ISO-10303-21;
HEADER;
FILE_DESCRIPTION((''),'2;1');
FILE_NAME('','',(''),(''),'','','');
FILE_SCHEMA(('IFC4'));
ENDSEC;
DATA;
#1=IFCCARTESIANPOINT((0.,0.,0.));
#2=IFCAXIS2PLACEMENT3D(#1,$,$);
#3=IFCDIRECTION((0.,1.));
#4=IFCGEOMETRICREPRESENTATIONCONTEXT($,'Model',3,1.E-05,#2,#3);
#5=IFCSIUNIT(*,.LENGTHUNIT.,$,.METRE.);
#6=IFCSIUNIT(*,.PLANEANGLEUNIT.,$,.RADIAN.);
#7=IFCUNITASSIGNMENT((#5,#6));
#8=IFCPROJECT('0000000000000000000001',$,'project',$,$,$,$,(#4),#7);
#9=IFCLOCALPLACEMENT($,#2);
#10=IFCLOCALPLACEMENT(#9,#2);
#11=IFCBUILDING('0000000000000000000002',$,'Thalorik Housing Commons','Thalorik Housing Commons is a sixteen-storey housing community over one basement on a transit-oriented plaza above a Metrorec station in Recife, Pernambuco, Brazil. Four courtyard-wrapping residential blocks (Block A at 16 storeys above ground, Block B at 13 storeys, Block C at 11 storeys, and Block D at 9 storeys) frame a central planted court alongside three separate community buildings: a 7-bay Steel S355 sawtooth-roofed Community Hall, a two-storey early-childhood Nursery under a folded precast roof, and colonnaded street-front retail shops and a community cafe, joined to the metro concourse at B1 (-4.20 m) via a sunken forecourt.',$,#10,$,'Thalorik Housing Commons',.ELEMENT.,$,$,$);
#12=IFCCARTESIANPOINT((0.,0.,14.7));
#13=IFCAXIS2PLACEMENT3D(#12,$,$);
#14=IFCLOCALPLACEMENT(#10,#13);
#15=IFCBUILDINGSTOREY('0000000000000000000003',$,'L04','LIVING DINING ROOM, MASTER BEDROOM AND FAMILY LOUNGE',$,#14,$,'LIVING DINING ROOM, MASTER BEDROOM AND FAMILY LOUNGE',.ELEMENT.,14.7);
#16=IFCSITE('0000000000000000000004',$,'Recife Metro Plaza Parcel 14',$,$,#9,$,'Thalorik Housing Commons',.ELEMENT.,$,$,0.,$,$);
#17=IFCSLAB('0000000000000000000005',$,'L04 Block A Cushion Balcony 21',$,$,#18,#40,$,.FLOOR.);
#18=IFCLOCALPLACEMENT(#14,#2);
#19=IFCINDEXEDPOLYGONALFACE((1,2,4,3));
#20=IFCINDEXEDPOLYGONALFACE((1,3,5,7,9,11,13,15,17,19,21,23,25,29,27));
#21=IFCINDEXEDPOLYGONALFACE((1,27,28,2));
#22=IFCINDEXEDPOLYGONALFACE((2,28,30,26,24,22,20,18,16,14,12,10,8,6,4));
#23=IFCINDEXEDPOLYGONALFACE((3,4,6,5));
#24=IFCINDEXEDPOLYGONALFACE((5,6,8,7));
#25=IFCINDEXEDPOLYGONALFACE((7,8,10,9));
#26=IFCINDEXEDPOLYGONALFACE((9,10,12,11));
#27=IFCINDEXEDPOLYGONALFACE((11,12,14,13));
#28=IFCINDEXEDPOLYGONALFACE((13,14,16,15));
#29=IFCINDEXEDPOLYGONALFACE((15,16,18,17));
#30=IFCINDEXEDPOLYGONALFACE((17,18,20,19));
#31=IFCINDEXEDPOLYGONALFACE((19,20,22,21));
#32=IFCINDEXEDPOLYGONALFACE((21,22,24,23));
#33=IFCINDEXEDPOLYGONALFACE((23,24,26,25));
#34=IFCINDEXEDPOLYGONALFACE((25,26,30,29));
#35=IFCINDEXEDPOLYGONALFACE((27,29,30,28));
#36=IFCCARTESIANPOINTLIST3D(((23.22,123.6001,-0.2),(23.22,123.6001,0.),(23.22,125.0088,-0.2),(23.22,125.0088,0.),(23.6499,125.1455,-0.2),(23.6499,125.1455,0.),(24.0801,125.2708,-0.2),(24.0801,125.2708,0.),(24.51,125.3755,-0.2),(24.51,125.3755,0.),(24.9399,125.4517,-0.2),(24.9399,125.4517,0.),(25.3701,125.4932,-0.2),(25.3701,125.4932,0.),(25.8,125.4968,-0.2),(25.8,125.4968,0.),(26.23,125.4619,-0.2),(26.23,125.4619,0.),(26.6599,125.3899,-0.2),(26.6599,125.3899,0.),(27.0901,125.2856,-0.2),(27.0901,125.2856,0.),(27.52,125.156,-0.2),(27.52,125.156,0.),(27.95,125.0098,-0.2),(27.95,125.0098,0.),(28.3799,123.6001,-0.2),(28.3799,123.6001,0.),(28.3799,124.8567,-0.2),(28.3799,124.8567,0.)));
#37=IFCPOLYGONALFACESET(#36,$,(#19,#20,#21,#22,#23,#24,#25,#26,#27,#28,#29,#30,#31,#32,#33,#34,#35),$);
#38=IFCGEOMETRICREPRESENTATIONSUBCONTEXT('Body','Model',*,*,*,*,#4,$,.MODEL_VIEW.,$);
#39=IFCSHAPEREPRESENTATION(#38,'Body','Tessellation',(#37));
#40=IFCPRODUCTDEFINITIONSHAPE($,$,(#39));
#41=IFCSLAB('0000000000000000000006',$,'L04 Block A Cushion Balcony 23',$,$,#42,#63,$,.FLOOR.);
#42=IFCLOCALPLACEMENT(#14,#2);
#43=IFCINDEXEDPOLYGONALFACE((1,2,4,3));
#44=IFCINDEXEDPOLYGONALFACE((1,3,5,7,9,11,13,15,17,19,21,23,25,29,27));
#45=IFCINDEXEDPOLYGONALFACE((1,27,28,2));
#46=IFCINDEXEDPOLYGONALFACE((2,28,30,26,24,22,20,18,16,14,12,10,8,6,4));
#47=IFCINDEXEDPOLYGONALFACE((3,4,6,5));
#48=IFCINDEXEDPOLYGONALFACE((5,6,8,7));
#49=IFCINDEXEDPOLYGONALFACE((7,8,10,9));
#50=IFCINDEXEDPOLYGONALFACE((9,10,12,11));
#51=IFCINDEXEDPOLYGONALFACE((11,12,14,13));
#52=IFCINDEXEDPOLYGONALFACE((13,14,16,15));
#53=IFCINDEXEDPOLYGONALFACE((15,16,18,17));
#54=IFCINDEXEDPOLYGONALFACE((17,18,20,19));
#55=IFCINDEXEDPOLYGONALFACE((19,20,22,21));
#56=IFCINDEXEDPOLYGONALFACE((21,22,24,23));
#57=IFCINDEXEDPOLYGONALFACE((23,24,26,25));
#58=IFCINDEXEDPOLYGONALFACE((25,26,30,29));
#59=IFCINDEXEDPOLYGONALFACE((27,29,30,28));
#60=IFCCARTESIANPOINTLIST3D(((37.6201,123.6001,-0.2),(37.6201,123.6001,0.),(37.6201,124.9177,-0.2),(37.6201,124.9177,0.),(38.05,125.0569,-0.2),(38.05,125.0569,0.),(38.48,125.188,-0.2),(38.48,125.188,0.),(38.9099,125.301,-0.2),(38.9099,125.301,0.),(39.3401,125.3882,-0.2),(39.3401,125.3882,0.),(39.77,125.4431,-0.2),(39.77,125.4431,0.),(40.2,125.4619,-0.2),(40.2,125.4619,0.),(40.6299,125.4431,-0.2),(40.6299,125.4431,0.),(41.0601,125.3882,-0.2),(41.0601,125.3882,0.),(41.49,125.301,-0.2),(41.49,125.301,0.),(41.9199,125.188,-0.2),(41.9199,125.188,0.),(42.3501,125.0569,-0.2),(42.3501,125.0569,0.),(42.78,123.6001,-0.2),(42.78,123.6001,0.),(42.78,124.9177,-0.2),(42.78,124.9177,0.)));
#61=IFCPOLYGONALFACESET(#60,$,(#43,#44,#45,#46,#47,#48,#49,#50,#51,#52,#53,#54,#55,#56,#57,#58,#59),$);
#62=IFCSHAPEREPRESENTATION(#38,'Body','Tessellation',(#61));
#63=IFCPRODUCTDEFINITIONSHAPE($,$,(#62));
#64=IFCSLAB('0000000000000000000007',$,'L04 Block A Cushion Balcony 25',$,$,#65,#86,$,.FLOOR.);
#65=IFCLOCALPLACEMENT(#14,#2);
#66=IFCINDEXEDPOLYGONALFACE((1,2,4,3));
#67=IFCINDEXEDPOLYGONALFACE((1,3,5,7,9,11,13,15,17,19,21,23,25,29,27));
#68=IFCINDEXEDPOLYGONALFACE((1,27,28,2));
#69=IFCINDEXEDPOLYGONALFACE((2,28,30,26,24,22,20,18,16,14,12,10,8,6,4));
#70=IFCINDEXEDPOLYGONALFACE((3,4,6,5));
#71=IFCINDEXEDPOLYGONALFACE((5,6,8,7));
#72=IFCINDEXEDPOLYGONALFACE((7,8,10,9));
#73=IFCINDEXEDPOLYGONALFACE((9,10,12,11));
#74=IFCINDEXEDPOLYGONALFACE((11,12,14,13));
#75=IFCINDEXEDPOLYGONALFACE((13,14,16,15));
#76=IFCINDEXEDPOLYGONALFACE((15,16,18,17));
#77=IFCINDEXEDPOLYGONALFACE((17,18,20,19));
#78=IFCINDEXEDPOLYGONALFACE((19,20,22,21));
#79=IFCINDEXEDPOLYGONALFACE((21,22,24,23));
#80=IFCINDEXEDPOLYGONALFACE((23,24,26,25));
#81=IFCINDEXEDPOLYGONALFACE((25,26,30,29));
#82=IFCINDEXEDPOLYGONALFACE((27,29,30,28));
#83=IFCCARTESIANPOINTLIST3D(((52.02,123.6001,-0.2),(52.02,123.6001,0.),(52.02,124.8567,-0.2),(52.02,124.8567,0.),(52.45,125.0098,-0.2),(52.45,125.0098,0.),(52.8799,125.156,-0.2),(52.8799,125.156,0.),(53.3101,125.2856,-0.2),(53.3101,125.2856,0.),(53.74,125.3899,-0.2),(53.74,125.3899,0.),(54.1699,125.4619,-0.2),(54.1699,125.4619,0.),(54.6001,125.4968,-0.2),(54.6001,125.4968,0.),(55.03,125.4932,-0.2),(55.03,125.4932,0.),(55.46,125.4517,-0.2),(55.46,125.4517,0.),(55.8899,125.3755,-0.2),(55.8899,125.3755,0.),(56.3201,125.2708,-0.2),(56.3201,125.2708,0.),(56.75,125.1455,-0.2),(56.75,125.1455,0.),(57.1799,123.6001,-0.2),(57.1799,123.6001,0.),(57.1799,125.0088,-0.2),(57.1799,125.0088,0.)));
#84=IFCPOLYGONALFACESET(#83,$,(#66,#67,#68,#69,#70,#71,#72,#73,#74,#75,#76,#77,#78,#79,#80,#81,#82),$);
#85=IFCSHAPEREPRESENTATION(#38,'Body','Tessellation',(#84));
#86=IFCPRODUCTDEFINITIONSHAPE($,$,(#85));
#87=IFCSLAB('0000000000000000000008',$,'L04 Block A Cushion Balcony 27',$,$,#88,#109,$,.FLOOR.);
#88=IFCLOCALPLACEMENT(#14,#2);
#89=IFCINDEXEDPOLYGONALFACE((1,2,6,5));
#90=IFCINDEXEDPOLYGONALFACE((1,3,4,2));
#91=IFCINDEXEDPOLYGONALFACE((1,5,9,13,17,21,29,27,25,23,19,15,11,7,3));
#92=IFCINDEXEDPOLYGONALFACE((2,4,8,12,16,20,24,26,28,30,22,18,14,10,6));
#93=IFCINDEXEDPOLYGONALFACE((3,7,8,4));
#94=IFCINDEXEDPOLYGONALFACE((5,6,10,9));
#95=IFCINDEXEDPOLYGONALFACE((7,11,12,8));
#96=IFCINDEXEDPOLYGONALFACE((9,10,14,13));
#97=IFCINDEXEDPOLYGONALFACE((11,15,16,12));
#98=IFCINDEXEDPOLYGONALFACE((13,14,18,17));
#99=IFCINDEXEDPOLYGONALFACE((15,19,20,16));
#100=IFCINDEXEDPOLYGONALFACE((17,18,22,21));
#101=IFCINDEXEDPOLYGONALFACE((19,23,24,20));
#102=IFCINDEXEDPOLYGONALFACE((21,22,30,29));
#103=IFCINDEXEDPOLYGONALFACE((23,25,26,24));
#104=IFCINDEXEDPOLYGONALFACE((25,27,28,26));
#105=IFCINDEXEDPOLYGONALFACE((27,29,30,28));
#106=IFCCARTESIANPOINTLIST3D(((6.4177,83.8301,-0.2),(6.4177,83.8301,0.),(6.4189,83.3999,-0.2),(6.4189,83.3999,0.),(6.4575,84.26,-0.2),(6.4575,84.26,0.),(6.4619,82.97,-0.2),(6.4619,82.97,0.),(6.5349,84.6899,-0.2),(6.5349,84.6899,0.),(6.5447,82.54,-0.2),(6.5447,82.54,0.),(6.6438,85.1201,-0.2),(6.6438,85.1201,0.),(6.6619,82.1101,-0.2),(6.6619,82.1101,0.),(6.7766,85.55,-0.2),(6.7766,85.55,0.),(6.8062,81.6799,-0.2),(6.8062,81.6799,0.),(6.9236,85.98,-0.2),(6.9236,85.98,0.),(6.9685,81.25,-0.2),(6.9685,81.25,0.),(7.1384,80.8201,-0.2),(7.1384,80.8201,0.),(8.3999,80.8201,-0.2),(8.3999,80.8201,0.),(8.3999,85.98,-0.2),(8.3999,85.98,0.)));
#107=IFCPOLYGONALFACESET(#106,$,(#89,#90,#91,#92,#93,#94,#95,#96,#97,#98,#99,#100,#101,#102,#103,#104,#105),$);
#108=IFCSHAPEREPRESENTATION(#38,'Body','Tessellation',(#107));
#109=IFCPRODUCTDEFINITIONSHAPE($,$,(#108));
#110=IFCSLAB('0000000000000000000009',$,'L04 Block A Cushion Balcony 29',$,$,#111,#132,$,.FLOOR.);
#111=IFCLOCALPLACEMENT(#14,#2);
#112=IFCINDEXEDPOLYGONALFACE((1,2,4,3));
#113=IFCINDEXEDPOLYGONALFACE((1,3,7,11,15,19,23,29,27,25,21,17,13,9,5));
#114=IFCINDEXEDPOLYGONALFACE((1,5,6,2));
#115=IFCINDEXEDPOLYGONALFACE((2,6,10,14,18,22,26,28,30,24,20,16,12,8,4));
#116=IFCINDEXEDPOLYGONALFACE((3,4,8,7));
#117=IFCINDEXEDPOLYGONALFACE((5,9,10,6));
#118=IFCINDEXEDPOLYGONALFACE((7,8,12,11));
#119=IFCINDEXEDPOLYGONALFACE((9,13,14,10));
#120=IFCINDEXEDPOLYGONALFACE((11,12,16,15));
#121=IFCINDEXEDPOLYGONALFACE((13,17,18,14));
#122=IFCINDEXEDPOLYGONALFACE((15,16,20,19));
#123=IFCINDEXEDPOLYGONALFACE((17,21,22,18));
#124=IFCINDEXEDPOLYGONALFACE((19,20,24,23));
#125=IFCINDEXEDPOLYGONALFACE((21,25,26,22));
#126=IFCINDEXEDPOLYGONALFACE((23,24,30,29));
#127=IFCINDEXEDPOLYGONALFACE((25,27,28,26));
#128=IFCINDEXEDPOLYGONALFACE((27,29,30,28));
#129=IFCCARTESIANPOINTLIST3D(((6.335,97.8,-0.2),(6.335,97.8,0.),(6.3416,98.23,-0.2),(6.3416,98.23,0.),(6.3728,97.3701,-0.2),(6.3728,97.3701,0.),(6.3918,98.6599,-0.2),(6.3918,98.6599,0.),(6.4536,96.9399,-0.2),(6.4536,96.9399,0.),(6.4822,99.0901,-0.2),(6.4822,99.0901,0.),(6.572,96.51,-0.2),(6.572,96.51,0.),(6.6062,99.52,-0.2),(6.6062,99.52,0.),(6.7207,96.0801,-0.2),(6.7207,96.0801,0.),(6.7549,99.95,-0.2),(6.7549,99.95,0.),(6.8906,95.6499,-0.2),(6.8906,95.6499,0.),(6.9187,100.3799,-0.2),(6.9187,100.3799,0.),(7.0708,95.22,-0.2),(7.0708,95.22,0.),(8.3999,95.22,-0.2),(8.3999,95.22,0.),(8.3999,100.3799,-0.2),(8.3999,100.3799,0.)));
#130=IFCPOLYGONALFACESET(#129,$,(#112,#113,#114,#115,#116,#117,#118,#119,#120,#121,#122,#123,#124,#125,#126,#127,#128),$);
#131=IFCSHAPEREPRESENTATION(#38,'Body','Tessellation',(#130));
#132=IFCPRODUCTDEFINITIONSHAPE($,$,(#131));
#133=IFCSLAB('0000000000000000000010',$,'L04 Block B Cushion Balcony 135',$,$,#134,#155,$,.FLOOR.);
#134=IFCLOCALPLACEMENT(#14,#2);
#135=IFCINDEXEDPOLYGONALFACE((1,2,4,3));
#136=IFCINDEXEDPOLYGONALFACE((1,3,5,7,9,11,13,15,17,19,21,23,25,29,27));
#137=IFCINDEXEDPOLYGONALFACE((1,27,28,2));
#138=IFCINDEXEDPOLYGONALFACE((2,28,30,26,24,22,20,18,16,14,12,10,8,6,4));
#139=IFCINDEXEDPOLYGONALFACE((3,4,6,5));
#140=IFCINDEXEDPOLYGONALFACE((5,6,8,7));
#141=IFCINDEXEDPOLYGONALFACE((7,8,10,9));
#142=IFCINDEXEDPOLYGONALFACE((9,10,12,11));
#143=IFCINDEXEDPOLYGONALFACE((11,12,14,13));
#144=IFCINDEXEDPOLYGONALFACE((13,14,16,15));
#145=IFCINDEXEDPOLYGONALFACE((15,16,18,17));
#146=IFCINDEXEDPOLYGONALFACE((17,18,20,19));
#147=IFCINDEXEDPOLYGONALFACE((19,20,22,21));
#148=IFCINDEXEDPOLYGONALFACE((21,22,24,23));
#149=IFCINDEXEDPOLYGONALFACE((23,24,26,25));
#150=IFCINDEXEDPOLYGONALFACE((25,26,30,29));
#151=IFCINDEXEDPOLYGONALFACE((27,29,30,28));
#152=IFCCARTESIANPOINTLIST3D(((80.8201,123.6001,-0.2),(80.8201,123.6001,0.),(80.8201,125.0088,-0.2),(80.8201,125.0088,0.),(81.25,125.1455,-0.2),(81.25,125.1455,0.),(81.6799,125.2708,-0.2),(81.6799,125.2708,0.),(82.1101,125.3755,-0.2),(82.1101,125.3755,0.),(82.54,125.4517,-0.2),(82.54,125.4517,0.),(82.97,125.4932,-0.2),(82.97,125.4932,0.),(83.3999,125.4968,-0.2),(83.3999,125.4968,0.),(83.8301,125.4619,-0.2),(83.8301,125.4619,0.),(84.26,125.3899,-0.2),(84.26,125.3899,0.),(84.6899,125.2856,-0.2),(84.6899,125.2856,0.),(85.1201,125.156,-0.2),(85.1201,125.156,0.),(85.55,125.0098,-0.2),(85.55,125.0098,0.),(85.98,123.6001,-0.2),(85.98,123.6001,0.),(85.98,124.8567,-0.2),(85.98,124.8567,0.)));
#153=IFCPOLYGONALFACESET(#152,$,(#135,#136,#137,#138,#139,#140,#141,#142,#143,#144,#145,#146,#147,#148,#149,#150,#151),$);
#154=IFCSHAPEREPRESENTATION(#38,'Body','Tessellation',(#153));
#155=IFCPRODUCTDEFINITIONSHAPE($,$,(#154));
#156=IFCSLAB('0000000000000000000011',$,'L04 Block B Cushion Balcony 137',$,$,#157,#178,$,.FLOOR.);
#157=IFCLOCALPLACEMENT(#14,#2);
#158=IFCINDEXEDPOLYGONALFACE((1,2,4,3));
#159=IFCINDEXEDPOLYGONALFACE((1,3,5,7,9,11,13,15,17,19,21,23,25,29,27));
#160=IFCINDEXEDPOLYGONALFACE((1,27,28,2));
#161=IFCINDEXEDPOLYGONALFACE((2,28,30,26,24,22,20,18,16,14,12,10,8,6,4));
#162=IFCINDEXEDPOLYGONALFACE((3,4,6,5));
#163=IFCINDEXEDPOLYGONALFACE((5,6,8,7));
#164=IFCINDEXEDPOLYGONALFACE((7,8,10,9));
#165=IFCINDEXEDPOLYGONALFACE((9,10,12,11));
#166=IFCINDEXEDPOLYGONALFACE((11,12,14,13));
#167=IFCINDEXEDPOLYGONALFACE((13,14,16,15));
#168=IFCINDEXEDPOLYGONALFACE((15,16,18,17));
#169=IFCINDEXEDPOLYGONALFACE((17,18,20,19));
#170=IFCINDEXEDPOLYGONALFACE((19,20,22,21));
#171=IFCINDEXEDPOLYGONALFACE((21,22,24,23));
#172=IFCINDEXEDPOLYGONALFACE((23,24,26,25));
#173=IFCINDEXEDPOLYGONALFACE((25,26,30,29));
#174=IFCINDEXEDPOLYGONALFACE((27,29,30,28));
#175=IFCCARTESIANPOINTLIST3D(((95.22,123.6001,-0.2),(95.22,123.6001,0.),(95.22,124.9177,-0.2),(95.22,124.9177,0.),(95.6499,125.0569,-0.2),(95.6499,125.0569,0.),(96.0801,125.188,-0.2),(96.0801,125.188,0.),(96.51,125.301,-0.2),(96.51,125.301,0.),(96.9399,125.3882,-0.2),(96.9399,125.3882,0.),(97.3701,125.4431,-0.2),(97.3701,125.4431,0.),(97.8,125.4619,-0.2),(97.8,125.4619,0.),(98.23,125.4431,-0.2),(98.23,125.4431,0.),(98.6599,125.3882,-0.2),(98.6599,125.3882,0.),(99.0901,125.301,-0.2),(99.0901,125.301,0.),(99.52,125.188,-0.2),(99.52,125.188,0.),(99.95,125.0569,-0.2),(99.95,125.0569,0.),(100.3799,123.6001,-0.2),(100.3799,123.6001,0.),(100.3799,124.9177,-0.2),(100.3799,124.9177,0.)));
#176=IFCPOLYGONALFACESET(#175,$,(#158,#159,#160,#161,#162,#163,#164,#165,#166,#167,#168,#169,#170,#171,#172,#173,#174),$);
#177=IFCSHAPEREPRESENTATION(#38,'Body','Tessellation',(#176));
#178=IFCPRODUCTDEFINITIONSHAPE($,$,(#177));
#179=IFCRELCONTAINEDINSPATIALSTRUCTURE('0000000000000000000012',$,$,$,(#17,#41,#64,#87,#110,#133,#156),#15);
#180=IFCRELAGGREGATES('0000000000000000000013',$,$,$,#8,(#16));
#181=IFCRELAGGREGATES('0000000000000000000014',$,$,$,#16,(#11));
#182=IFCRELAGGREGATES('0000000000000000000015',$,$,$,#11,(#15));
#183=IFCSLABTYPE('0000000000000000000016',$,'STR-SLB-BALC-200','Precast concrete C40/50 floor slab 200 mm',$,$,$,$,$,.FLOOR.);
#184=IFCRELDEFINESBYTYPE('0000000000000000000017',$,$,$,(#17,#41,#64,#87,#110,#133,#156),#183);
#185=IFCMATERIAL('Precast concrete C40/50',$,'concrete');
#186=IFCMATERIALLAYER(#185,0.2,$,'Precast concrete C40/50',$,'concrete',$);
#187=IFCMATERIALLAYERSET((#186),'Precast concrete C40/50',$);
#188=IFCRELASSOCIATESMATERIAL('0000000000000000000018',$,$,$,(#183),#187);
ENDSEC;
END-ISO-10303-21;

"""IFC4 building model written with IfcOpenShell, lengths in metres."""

from ifc_helpers import new_model, si_unit, direction, frame, origin, place, context, subcontext, project, spatial, polyline, outline, extrude, material, layer, layer_set, type_object, element, save


model = new_model("IFC4")

# Units and contexts
model_context = context("Model", 3, precision=1e-05, world=origin(), true_north=direction((0.0, 1.0)))
body_context = subcontext(model_context, "Body", "Model", "MODEL_VIEW")
ifc_project = project(units=[si_unit("LENGTHUNIT", "METRE"), si_unit("PLANEANGLEUNIT", "RADIAN")], contexts=[model_context])

# Site, building, storey
site_placement = place(None, origin())
site = spatial("IfcSite", under=ifc_project, at=site_placement, Name="Recife Metro Plaza Parcel 14", LongName="Thalorik Housing Commons", CompositionType="ELEMENT", RefElevation=0.0)
building_placement = place(site_placement, origin())
building = spatial("IfcBuilding", under=site, at=building_placement, Name="Thalorik Housing Commons", Description="Thalorik Housing Commons is a sixteen-storey housing community over one basement on a transit-oriented plaza above a Metrorec station in Recife, Pernambuco, Brazil. Four courtyard-wrapping residential blocks (Block A at 16 storeys above ground, Block B at 13 storeys, Block C at 11 storeys, and Block D at 9 storeys) frame a central planted court alongside three separate community buildings: a 7-bay Steel S355 sawtooth-roofed Community Hall, a two-storey early-childhood Nursery under a folded precast roof, and colonnaded street-front retail shops and a community cafe, joined to the metro concourse at B1 (-4.20 m) via a sunken forecourt.", LongName="Thalorik Housing Commons", CompositionType="ELEMENT")
storey_placement = place(building_placement, frame((0.0, 0.0, 14.7)))
storey = spatial("IfcBuildingStorey", under=building, at=storey_placement, Name="L04", Description="LIVING DINING ROOM, MASTER BEDROOM AND FAMILY LOUNGE", LongName="LIVING DINING ROOM, MASTER BEDROOM AND FAMILY LOUNGE", CompositionType="ELEMENT", Elevation=14.7)

# Slabs
ifc_material_1 = material(Name="Precast concrete C40/50", Category="concrete")
ifc_layer_1 = layer(ifc_material_1, 0.2, Name="Precast concrete C40/50", Category="concrete")
ifc_layer_set_1 = layer_set([ifc_layer_1], Name="Precast concrete C40/50")
slab_type_1 = type_object("IfcSlabType", Name="STR-SLB-BALC-200", Description="Precast concrete C40/50 floor slab 200 mm", PredefinedType="FLOOR", material=ifc_layer_set_1)
slab_1_placement = place(storey_placement, frame((0.0, 0.0, -0.2)))
element("IfcSlab", 1, at=slab_1_placement, inside=storey, type_object=slab_type_1, Name="L04 Block A Cushion Balcony 21", PredefinedType="FLOOR", context=body_context, shape_type="SweptSolid", body=[
    extrude(outline(polyline([(23.22, 123.6001), (28.3799, 123.6001), (28.3799, 124.8567), (27.95, 125.0098), (27.52, 125.156), (27.0901, 125.2856), (26.6599, 125.3899), (26.23, 125.4619), (25.8, 125.4968), (25.3701, 125.4932), (24.9399, 125.4517), (24.51, 125.3755), (24.0801, 125.2708), (23.6499, 125.1455), (23.22, 125.0088), (23.22, 123.6001)])), origin(), (0.0, 0.0, 1.0), 0.2),
])
slab_2_placement = place(storey_placement, frame((0.0, 0.0, -0.2)))
element("IfcSlab", 2, at=slab_2_placement, inside=storey, type_object=slab_type_1, Name="L04 Block A Cushion Balcony 23", PredefinedType="FLOOR", context=body_context, shape_type="SweptSolid", body=[
    extrude(outline(polyline([(37.6201, 123.6001), (42.78, 123.6001), (42.78, 124.9177), (42.3501, 125.0569), (41.9199, 125.188), (41.49, 125.301), (41.0601, 125.3882), (40.6299, 125.4431), (40.2, 125.4619), (39.77, 125.4431), (39.3401, 125.3882), (38.9099, 125.301), (38.48, 125.188), (38.05, 125.0569), (37.6201, 124.9177), (37.6201, 123.6001)])), origin(), (0.0, 0.0, 1.0), 0.2),
])
slab_3_placement = place(storey_placement, frame((0.0, 0.0, -0.2)))
element("IfcSlab", 3, at=slab_3_placement, inside=storey, type_object=slab_type_1, Name="L04 Block A Cushion Balcony 25", PredefinedType="FLOOR", context=body_context, shape_type="SweptSolid", body=[
    extrude(outline(polyline([(52.02, 123.6001), (57.1799, 123.6001), (57.1799, 125.0088), (56.75, 125.1455), (56.3201, 125.2708), (55.8899, 125.3755), (55.46, 125.4517), (55.03, 125.4932), (54.6001, 125.4968), (54.1699, 125.4619), (53.74, 125.3899), (53.3101, 125.2856), (52.8799, 125.156), (52.45, 125.0098), (52.02, 124.8567), (52.02, 123.6001)])), origin(), (0.0, 0.0, 1.0), 0.2),
])
slab_4_placement = place(storey_placement, frame((0.0, 0.0, -0.2)))
element("IfcSlab", 4, at=slab_4_placement, inside=storey, type_object=slab_type_1, Name="L04 Block A Cushion Balcony 27", PredefinedType="FLOOR", context=body_context, shape_type="SweptSolid", body=[
    extrude(outline(polyline([(8.3999, 80.8201), (8.3999, 85.98), (6.9236, 85.98), (6.7766, 85.55), (6.6438, 85.1201), (6.5349, 84.6899), (6.4575, 84.26), (6.4177, 83.8301), (6.4189, 83.3999), (6.4619, 82.97), (6.5447, 82.54), (6.6619, 82.1101), (6.8062, 81.6799), (6.9685, 81.25), (7.1384, 80.8201), (8.3999, 80.8201)])), origin(), (0.0, 0.0, 1.0), 0.2),
])
slab_5_placement = place(storey_placement, frame((0.0, 0.0, -0.2)))
element("IfcSlab", 5, at=slab_5_placement, inside=storey, type_object=slab_type_1, Name="L04 Block A Cushion Balcony 29", PredefinedType="FLOOR", context=body_context, shape_type="SweptSolid", body=[
    extrude(outline(polyline([(8.3999, 95.22), (8.3999, 100.3799), (6.9187, 100.3799), (6.7549, 99.95), (6.6062, 99.52), (6.4822, 99.0901), (6.3918, 98.6599), (6.3416, 98.23), (6.335, 97.8), (6.3728, 97.3701), (6.4536, 96.9399), (6.572, 96.51), (6.7207, 96.0801), (6.8906, 95.6499), (7.0708, 95.22), (8.3999, 95.22)])), origin(), (0.0, 0.0, 1.0), 0.2),
])
slab_6_placement = place(storey_placement, frame((0.0, 0.0, -0.2)))
element("IfcSlab", 6, at=slab_6_placement, inside=storey, type_object=slab_type_1, Name="L04 Block B Cushion Balcony 135", PredefinedType="FLOOR", context=body_context, shape_type="SweptSolid", body=[
    extrude(outline(polyline([(80.8201, 123.6001), (85.98, 123.6001), (85.98, 124.8567), (85.55, 125.0098), (85.1201, 125.156), (84.6899, 125.2856), (84.26, 125.3899), (83.8301, 125.4619), (83.3999, 125.4968), (82.97, 125.4932), (82.54, 125.4517), (82.1101, 125.3755), (81.6799, 125.2708), (81.25, 125.1455), (80.8201, 125.0088), (80.8201, 123.6001)])), origin(), (0.0, 0.0, 1.0), 0.2),
])
slab_7_placement = place(storey_placement, frame((0.0, 0.0, -0.2)))
element("IfcSlab", 7, at=slab_7_placement, inside=storey, type_object=slab_type_1, Name="L04 Block B Cushion Balcony 137", PredefinedType="FLOOR", context=body_context, shape_type="SweptSolid", body=[
    extrude(outline(polyline([(95.22, 123.6001), (100.3799, 123.6001), (100.3799, 124.9177), (99.95, 125.0569), (99.52, 125.188), (99.0901, 125.301), (98.6599, 125.3882), (98.23, 125.4431), (97.8, 125.4619), (97.3701, 125.4431), (96.9399, 125.3882), (96.51, 125.301), (96.0801, 125.188), (95.6499, 125.0569), (95.22, 124.9177), (95.22, 123.6001)])), origin(), (0.0, 0.0, 1.0), 0.2),
])

save(model, "model.ifc")
